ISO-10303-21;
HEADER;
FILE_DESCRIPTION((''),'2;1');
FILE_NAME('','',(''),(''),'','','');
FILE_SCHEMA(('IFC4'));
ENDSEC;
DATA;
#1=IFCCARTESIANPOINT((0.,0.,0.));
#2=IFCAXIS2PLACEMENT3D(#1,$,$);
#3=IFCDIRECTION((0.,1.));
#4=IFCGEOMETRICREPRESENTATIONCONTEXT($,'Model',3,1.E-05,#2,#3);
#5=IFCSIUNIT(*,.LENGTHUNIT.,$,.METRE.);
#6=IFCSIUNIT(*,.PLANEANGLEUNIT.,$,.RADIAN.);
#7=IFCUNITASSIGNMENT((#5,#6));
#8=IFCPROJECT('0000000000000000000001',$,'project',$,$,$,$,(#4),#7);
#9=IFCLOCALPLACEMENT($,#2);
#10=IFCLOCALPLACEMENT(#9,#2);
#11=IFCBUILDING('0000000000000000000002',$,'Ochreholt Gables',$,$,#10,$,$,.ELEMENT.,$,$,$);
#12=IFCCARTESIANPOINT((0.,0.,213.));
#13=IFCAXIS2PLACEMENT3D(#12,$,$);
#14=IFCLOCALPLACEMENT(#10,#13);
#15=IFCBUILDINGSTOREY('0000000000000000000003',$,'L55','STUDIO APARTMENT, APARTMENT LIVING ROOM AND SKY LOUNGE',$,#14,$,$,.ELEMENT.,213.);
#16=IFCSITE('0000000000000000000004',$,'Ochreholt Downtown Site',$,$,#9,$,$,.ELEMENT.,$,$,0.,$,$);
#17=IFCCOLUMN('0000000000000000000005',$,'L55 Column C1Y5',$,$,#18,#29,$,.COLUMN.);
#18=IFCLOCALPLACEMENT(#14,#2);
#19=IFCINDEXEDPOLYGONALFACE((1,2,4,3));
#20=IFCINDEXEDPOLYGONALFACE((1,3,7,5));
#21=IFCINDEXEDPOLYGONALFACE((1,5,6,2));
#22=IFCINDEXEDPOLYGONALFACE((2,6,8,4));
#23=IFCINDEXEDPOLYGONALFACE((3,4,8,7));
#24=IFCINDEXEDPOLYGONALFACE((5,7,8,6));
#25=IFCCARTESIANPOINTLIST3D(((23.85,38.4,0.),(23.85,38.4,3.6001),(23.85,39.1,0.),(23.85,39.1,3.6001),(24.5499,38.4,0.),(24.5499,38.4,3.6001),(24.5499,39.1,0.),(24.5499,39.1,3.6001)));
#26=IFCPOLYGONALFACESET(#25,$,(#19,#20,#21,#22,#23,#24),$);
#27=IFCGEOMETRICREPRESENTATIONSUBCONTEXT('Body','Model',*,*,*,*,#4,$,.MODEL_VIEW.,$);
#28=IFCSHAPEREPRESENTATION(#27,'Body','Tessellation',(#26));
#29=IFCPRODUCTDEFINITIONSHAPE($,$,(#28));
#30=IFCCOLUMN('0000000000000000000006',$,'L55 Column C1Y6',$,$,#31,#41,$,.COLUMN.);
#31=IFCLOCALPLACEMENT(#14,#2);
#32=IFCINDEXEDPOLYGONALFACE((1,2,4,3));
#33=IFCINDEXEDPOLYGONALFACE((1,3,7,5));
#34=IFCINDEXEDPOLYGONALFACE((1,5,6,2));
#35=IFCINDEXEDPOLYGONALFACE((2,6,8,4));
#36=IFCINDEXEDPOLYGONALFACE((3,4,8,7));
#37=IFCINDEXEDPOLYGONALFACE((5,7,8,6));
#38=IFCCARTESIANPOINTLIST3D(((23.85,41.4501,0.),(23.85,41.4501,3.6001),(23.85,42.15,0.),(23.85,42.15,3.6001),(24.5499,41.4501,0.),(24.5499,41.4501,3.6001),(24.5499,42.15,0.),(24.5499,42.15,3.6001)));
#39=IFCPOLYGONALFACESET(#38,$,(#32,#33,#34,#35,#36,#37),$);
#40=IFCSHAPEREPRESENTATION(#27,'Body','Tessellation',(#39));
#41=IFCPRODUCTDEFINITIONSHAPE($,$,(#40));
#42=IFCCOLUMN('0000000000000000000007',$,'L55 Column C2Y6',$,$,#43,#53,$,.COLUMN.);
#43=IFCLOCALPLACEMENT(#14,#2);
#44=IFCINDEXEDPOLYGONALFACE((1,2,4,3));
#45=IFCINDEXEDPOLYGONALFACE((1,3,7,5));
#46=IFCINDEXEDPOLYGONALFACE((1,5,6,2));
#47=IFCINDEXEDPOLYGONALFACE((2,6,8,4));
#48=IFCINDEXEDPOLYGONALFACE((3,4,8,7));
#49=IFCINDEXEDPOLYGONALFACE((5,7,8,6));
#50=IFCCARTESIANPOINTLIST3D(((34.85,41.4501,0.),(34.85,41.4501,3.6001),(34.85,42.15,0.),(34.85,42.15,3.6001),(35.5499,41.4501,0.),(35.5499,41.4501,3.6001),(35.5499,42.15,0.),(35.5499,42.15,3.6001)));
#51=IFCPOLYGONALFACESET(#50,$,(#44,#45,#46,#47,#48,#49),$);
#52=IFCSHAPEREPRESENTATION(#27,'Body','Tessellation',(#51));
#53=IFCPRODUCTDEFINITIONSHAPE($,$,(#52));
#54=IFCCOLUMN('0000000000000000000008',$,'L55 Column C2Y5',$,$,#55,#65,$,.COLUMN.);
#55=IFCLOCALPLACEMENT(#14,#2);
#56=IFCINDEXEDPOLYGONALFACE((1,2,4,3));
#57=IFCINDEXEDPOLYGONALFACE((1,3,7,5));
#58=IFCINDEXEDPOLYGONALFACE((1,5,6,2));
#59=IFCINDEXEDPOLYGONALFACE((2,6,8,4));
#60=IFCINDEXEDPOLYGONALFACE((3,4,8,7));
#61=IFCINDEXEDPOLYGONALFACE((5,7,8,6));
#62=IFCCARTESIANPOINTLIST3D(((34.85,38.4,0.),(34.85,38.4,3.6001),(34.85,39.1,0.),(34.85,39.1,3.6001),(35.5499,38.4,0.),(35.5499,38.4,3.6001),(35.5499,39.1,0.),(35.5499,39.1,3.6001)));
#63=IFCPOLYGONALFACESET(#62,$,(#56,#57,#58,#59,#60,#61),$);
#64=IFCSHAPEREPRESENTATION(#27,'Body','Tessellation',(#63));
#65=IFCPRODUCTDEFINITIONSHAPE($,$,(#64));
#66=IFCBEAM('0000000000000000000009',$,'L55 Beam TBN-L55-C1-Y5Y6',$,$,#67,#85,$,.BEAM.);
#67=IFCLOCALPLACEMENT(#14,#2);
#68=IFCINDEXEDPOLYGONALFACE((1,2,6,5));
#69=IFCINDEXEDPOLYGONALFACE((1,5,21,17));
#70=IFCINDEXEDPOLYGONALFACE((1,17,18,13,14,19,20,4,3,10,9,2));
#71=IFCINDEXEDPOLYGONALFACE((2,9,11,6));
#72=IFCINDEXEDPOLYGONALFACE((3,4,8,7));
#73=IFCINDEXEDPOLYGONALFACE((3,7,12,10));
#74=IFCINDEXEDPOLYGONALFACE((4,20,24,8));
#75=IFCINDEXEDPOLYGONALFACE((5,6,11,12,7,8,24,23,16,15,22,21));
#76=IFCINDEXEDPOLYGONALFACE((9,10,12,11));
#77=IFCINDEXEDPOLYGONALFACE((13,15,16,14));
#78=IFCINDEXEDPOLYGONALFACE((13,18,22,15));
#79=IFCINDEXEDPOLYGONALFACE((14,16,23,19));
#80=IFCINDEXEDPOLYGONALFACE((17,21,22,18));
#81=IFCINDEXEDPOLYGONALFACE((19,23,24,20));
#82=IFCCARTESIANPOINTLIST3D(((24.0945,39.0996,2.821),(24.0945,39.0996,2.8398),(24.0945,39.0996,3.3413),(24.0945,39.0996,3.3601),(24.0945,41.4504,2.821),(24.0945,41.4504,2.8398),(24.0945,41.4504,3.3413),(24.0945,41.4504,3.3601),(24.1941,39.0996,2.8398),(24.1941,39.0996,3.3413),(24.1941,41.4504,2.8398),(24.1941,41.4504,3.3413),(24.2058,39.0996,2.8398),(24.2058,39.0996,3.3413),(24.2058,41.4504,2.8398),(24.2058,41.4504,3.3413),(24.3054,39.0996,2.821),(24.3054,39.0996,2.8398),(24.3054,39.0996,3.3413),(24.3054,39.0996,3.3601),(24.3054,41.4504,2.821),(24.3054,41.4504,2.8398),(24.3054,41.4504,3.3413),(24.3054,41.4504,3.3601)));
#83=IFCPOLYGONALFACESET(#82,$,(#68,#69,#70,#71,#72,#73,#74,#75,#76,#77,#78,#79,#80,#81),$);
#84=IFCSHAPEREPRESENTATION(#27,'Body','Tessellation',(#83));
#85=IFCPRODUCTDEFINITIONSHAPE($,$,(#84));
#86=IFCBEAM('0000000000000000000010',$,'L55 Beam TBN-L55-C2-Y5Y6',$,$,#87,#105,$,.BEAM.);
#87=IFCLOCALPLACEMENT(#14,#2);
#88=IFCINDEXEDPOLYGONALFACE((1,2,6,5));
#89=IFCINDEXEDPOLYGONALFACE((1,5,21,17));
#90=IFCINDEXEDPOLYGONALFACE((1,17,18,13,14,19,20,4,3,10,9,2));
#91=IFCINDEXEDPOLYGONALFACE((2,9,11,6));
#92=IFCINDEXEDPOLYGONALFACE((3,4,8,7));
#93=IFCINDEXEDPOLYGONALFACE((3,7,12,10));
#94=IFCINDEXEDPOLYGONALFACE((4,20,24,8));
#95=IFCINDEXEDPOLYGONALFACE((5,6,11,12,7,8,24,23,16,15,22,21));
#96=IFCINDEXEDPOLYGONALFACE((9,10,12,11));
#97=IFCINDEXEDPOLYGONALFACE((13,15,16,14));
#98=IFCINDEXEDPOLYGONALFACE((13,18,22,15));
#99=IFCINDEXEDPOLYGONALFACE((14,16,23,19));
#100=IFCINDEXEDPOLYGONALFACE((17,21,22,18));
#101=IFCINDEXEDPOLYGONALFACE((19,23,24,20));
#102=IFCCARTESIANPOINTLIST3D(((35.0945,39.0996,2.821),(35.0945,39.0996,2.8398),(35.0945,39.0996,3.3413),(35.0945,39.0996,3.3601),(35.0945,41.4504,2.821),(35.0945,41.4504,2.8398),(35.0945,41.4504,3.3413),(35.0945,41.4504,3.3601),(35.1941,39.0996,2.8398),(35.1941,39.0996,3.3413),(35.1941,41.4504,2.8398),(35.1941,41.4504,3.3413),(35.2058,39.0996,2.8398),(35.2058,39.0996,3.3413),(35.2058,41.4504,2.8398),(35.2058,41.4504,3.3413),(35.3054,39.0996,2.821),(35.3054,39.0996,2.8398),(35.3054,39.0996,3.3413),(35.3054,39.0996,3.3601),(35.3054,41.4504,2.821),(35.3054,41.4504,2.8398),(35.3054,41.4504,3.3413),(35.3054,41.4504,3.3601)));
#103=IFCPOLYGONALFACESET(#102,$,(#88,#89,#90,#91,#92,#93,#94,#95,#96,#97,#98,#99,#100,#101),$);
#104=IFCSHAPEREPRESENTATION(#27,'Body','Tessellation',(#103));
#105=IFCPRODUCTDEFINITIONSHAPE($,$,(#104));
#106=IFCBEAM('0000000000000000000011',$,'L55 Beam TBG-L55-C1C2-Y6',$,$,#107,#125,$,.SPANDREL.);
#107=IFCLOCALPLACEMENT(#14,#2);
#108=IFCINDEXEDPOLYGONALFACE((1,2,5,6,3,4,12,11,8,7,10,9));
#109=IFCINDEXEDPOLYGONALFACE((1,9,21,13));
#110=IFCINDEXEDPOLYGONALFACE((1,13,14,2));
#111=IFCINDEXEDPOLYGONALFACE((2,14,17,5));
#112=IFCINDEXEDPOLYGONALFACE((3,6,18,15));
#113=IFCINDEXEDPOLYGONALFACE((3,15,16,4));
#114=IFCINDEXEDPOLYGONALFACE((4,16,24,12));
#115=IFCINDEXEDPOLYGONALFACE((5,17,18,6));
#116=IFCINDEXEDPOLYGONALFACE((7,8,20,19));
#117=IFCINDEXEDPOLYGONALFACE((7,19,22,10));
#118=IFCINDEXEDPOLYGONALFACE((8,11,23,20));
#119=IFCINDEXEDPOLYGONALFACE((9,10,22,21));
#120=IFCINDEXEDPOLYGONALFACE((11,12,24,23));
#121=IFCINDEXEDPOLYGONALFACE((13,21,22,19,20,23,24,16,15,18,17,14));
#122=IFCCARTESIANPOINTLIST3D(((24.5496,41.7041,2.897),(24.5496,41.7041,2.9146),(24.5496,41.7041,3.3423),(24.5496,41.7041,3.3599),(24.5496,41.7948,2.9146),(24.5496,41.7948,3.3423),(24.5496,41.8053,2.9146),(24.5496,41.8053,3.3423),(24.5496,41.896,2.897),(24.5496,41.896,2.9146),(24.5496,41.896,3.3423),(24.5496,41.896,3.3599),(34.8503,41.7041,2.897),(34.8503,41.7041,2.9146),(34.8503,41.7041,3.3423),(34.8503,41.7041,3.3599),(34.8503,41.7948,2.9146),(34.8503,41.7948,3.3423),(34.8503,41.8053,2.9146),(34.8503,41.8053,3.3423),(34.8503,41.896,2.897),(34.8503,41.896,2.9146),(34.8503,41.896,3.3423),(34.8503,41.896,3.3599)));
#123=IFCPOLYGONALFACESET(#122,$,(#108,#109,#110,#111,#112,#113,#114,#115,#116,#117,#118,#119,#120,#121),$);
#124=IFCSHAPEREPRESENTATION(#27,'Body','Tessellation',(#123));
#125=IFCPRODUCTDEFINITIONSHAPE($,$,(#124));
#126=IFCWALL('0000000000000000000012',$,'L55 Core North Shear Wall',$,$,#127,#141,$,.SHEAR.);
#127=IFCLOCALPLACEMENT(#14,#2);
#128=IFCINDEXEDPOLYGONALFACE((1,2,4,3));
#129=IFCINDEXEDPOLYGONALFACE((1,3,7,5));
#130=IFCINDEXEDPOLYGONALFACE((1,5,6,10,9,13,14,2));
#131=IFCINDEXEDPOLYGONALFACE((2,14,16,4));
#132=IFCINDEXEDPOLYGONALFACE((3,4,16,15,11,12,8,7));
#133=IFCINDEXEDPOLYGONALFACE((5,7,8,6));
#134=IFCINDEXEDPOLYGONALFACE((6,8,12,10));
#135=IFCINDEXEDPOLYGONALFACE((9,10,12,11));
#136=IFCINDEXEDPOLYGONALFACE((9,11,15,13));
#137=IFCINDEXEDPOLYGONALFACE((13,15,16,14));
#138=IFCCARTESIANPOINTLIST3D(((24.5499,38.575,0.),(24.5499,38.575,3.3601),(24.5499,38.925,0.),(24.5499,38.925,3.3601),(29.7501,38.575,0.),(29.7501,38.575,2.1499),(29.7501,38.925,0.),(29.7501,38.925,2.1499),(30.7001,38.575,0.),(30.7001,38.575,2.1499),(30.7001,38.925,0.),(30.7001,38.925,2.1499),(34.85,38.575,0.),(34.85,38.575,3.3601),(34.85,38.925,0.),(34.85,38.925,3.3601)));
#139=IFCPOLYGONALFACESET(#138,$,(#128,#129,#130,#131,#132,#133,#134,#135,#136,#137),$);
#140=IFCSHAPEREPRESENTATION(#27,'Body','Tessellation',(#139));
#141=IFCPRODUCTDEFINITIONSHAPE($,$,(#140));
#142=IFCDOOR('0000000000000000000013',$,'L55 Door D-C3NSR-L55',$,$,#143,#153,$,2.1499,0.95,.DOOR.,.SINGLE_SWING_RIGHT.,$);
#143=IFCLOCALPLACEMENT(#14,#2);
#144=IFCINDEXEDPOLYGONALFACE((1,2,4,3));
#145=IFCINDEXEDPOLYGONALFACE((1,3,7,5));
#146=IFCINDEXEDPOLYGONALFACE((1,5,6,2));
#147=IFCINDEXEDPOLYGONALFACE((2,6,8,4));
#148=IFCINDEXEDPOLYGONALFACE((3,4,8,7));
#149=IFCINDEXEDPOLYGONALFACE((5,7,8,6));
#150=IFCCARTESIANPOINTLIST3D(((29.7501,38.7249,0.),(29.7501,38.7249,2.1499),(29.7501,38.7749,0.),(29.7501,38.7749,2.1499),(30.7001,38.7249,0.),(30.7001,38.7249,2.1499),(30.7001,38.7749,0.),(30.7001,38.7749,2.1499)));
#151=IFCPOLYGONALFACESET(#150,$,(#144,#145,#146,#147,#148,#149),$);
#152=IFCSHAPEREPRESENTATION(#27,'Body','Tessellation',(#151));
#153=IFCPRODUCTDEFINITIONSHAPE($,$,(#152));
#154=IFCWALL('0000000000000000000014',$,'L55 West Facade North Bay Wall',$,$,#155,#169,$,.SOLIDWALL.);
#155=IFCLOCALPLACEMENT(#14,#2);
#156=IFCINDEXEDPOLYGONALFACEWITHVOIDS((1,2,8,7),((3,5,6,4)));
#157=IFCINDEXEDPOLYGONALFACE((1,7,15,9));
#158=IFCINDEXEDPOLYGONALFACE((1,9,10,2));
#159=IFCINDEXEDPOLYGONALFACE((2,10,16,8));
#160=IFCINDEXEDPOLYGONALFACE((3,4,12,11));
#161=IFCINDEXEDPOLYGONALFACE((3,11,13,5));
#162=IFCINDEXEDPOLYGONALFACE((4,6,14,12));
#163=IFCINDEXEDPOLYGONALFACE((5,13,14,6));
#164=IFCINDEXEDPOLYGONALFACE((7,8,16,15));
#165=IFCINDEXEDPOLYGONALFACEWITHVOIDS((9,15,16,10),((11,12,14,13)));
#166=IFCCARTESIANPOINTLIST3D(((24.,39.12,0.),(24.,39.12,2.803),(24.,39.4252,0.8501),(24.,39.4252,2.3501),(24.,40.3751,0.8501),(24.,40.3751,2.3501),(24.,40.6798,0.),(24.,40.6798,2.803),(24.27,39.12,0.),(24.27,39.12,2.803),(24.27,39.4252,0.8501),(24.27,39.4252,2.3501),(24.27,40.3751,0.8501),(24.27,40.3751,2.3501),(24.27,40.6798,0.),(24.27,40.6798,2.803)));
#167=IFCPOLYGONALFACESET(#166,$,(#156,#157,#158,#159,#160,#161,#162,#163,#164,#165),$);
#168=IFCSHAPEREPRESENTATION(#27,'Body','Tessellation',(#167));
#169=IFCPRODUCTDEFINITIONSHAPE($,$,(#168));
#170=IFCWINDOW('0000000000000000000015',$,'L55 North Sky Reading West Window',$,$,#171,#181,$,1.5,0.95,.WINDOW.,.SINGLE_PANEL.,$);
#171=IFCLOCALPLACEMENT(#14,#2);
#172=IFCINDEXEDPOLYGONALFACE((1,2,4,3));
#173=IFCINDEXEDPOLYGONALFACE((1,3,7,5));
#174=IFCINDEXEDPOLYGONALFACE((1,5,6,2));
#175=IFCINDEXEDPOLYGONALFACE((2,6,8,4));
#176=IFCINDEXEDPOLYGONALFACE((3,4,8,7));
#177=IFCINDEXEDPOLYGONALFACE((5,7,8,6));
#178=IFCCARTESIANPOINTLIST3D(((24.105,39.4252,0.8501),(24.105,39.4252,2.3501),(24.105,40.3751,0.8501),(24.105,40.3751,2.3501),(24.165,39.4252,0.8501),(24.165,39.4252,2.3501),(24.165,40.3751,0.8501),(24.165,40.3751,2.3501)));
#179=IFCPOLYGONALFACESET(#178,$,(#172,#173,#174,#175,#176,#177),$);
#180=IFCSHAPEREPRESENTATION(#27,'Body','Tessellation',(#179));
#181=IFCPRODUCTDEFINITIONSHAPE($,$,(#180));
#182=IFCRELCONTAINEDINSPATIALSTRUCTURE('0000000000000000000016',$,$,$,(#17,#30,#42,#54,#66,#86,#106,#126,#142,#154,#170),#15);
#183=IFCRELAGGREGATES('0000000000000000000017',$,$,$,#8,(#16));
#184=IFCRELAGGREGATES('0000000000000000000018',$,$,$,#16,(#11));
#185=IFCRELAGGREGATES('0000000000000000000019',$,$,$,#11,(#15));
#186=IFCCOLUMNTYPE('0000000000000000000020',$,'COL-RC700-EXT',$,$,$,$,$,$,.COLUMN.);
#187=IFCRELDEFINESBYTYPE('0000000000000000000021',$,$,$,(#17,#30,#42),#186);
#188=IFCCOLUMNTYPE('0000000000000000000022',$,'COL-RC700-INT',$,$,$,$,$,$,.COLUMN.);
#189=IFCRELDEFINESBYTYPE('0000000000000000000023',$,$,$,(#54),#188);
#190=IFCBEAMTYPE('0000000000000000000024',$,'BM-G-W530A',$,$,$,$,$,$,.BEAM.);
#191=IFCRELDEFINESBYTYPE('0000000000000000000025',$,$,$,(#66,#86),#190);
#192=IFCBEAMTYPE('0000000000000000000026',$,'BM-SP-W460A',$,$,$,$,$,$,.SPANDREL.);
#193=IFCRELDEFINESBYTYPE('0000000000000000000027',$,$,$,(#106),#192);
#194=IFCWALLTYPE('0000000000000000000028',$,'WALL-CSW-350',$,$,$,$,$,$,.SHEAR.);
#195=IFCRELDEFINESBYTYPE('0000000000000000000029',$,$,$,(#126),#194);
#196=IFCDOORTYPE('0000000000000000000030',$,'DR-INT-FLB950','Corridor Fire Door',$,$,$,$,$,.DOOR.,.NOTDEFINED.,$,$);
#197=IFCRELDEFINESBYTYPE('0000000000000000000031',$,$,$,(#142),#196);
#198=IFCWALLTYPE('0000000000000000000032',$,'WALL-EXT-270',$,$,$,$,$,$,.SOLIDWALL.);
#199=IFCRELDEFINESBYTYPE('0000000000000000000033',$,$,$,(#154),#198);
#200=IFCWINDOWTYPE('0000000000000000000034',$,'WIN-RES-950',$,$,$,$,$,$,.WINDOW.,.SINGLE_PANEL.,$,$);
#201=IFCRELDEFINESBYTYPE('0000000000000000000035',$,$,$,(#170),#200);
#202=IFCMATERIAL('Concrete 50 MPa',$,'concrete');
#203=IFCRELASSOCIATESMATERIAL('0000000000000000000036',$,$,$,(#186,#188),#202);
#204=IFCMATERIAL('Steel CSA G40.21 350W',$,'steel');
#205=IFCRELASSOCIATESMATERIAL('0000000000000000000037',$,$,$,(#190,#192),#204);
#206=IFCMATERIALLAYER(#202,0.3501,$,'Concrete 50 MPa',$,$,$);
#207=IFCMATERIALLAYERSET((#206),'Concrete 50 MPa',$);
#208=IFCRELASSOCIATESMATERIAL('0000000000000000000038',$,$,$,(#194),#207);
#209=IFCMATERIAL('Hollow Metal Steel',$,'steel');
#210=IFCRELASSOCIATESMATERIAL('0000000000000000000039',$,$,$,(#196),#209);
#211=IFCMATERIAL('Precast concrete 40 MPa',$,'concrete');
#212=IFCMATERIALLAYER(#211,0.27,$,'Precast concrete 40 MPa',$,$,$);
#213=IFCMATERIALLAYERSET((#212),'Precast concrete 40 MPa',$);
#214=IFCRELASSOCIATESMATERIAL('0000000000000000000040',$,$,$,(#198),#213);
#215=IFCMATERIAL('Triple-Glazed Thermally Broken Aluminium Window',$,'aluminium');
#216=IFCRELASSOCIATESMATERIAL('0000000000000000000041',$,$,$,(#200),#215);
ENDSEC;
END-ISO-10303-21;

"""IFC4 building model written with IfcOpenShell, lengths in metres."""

from ifc_helpers import new_model, si_unit, direction, frame, frame_2d, origin, origin_2d, place, context, subcontext, project, spatial, rectangle, i_section, extrude, material, layer, layer_set, material_profile, profile_set, type_object, element, fill, save


model = new_model("IFC4")

# Units and contexts
model_context = context("Model", 3, precision=1e-05, world=origin(), true_north=direction((0.0, 1.0)))
body_context = subcontext(model_context, "Body", "Model", "MODEL_VIEW")
ifc_project = project(units=[si_unit("LENGTHUNIT", "METRE"), si_unit("PLANEANGLEUNIT", "RADIAN")], contexts=[model_context])

# Site, building, storey
site_placement = place(None, origin())
site = spatial("IfcSite", under=ifc_project, at=site_placement, Name="Ochreholt Downtown Site", CompositionType="ELEMENT", RefElevation=0.0)
building_placement = place(site_placement, origin())
building = spatial("IfcBuilding", under=site, at=building_placement, Name="Ochreholt Gables", CompositionType="ELEMENT")
storey_placement = place(building_placement, frame((0.0, 0.0, 213.0)))
storey = spatial("IfcBuildingStorey", under=building, at=storey_placement, Name="L55", Description="STUDIO APARTMENT, APARTMENT LIVING ROOM AND SKY LOUNGE", CompositionType="ELEMENT", Elevation=213.0)

# Columns
ifc_material_1 = material(Name="Concrete 50 MPa", Category="concrete")
ifc_material_profile_1 = material_profile(ifc_material_1, rectangle(XDim=0.7, YDim=0.7, at=origin_2d()), Name="RC700X700")
ifc_profile_set_1 = profile_set([ifc_material_profile_1], Name="Concrete 50 MPa")
column_type_1 = type_object("IfcColumnType", Name="COL-RC700-EXT", PredefinedType="COLUMN", material=ifc_profile_set_1)
for number, where, z_axis, x_axis, name in (
    (1, (24.2, 38.75, 0.0), (0.0, 0.0, 1.0), (1.0, 0.0, 0.0), "L55 Column C1Y5"),
    (2, (24.2, 41.8, 0.0), (0.0, 0.0, 1.0), (1.0, 0.0, 0.0), "L55 Column C1Y6"),
    (3, (35.2, 41.8, 0.0), (0.0, 0.0, 1.0), (1.0, 0.0, 0.0), "L55 Column C2Y6"),
):
    element("IfcColumn", number, at=place(storey_placement, frame(where, z_axis=z_axis, x_axis=x_axis)), inside=storey, type_object=column_type_1, Name=name, PredefinedType="COLUMN", context=body_context, shape_type="SweptSolid", body=[
        extrude(rectangle(XDim=0.7, YDim=0.7, at=origin_2d()), origin(), (0.0, 0.0, 1.0), 3.6001),
    ])
ifc_material_profile_2 = material_profile(ifc_material_1, rectangle(XDim=0.7, YDim=0.7, at=origin_2d()), Name="RC700X700")
ifc_profile_set_2 = profile_set([ifc_material_profile_2], Name="Concrete 50 MPa")
column_type_2 = type_object("IfcColumnType", Name="COL-RC700-INT", PredefinedType="COLUMN", material=ifc_profile_set_2)
column_placement = place(storey_placement, frame((35.2, 38.75, 0.0), z_axis=(0.0, 0.0, 1.0), x_axis=(1.0, 0.0, 0.0)))
element("IfcColumn", 4, at=column_placement, inside=storey, type_object=column_type_2, Name="L55 Column C2Y5", PredefinedType="COLUMN", context=body_context, shape_type="SweptSolid", body=[
    extrude(rectangle(XDim=0.7, YDim=0.7, at=origin_2d()), origin(), (0.0, 0.0, 1.0), 3.6001),
])

# Beams
ifc_material_2 = material(Name="Steel CSA G40.21 350W", Category="steel")
ifc_material_profile_3 = material_profile(ifc_material_2, i_section(OverallWidth=0.2109, OverallDepth=0.5391, WebThickness=0.0117, FlangeThickness=0.0188, at=origin_2d()), Name="W530X109")
ifc_profile_set_3 = profile_set([ifc_material_profile_3], Name="Steel CSA G40.21 350W")
beam_type_1 = type_object("IfcBeamType", Name="BM-G-W530A", PredefinedType="BEAM", material=ifc_profile_set_3)
for number, where, z_axis, x_axis, name in (
    (5, (24.2, 39.0996, 3.0906), (0.0, 1.0, 0.0), (-1.0, 0.0, 0.0), "L55 Beam TBN-L55-C1-Y5Y6"),
    (6, (35.2, 39.0996, 3.0906), (0.0, 1.0, 0.0), (-1.0, 0.0, 0.0), "L55 Beam TBN-L55-C2-Y5Y6"),
):
    element("IfcBeam", number, at=place(storey_placement, frame(where, z_axis=z_axis, x_axis=x_axis)), inside=storey, type_object=beam_type_1, Name=name, PredefinedType="BEAM", context=body_context, shape_type="SweptSolid", body=[
        extrude(i_section(OverallWidth=0.2109, OverallDepth=0.5391, WebThickness=0.0117, FlangeThickness=0.0188, at=origin_2d()), origin(), (0.0, 0.0, 1.0), 2.3508),
    ])
ifc_material_profile_4 = material_profile(ifc_material_2, i_section(OverallWidth=0.1919, OverallDepth=0.4629, WebThickness=0.0105, FlangeThickness=0.0176, at=origin_2d()), Name="W460X89")
ifc_profile_set_4 = profile_set([ifc_material_profile_4], Name="Steel CSA G40.21 350W")
beam_type_2 = type_object("IfcBeamType", Name="BM-SP-W460A", PredefinedType="SPANDREL", material=ifc_profile_set_4)
beam_placement = place(storey_placement, frame((24.5496, 41.8, 3.1284), z_axis=(1.0, 0.0, 0.0), x_axis=(0.0, 1.0, 0.0)))
element("IfcBeam", 7, at=beam_placement, inside=storey, type_object=beam_type_2, Name="L55 Beam TBG-L55-C1C2-Y6", PredefinedType="SPANDREL", context=body_context, shape_type="SweptSolid", body=[
    extrude(i_section(OverallWidth=0.1919, OverallDepth=0.4629, WebThickness=0.0105, FlangeThickness=0.0176, at=origin_2d()), origin(), (0.0, 0.0, 1.0), 10.3008),
])

# Wall, opening, door
ifc_layer_1 = layer(ifc_material_1, 0.3501, Name="Concrete 50 MPa")
ifc_layer_set_1 = layer_set([ifc_layer_1], Name="Concrete 50 MPa")
wall_type_1 = type_object("IfcWallType", Name="WALL-CSW-350", PredefinedType="SHEAR", material=ifc_layer_set_1)
wall_1_placement = place(storey_placement, frame((24.55, 38.75, 0.0), z_axis=(0.0, 0.0, 1.0), x_axis=(1.0, 0.0, 0.0)))
wall_1 = element("IfcWall", 8, at=wall_1_placement, inside=storey, type_object=wall_type_1, Name="L55 Core North Shear Wall", PredefinedType="SHEAR", context=body_context, shape_type="SweptSolid", body=[
    extrude(rectangle(XDim=10.3, YDim=0.3501, at=frame_2d((5.1499, 0.0))), origin(), (0.0, 0.0, 1.0), 3.3601),
])
opening_1_placement = place(wall_1_placement, frame((5.2, 0.0, 0.0)))
opening_1 = element("IfcOpeningElement", 9, at=opening_1_placement, cuts=wall_1, PredefinedType="OPENING", context=body_context, shape_type="SweptSolid", body=[
    extrude(rectangle(XDim=0.95, YDim=2.1499, at=frame_2d((0.4751, 1.075))), frame((0.0, 0.1851, 0.0), z_axis=(0.0, -1.0, 0.0), x_axis=(1.0, 0.0, 0.0)), (0.0, 0.0, 1.0), 0.3701),
])
ifc_material_3 = material(Name="Hollow Metal Steel", Category="steel")
door_type_1 = type_object("IfcDoorType", Name="DR-INT-FLB950", Description="Corridor Fire Door", OperationType="NOTDEFINED", PredefinedType="DOOR", material=ifc_material_3)
door_1_placement = place(opening_1_placement, origin())
door_1 = element("IfcDoor", 10, at=door_1_placement, inside=storey, type_object=door_type_1, Name="L55 Door D-C3NSR-L55", OperationType="SINGLE_SWING_RIGHT", OverallHeight=2.1499, OverallWidth=0.95, PredefinedType="DOOR", context=body_context, shape_type="SweptSolid", body=[
    extrude(rectangle(XDim=0.95, YDim=2.1499, at=frame_2d((0.4751, 1.075))), frame((0.0, 0.0249, 0.0), z_axis=(0.0, -1.0, 0.0), x_axis=(1.0, 0.0, 0.0)), (0.0, 0.0, 1.0), 0.05),
])
fill(opening_1, door_1)

# Wall, opening, window
ifc_material_4 = material(Name="Precast concrete 40 MPa", Category="concrete")
ifc_layer_2 = layer(ifc_material_4, 0.27, Name="Precast concrete 40 MPa")
ifc_layer_set_2 = layer_set([ifc_layer_2], Name="Precast concrete 40 MPa")
wall_type_2 = type_object("IfcWallType", Name="WALL-EXT-270", PredefinedType="SOLIDWALL", material=ifc_layer_set_2)
wall_2_placement = place(storey_placement, frame((24.135, 39.1201, 0.0), z_axis=(0.0, 0.0, 1.0), x_axis=(0.0, 1.0, 0.0)))
wall_2 = element("IfcWall", 11, at=wall_2_placement, inside=storey, type_object=wall_type_2, Name="L55 West Facade North Bay Wall", PredefinedType="SOLIDWALL", context=body_context, shape_type="SweptSolid", body=[
    extrude(rectangle(XDim=1.5598, YDim=0.27, at=frame_2d((0.7798, 0.0))), origin(), (0.0, 0.0, 1.0), 2.803),
])
opening_2_placement = place(wall_2_placement, frame((0.3049, 0.0, 0.8501)))
opening_2 = element("IfcOpeningElement", 12, at=opening_2_placement, cuts=wall_2, PredefinedType="OPENING", context=body_context, shape_type="SweptSolid", body=[
    extrude(rectangle(XDim=0.95, YDim=1.5, at=frame_2d((0.4751, 0.75))), frame((0.0, 0.145, 0.0), z_axis=(0.0, -1.0, 0.0), x_axis=(1.0, 0.0, 0.0)), (0.0, 0.0, 1.0), 0.29),
])
ifc_material_5 = material(Name="Triple-Glazed Thermally Broken Aluminium Window", Category="aluminium")
window_type = type_object("IfcWindowType", Name="WIN-RES-950", PartitioningType="SINGLE_PANEL", PredefinedType="WINDOW", material=ifc_material_5)
window_placement = place(opening_2_placement, origin())
window = element("IfcWindow", 13, at=window_placement, inside=storey, type_object=window_type, Name="L55 North Sky Reading West Window", OverallHeight=1.5, OverallWidth=0.95, PartitioningType="SINGLE_PANEL", PredefinedType="WINDOW", context=body_context, shape_type="SweptSolid", body=[
    extrude(rectangle(XDim=0.95, YDim=1.5, at=frame_2d((0.4751, 0.75))), frame((0.0, 0.03, 0.0), z_axis=(0.0, -1.0, 0.0), x_axis=(1.0, 0.0, 0.0)), (0.0, 0.0, 1.0), 0.0601),
])
fill(opening_2, window)

save(model, "model.ifc")
